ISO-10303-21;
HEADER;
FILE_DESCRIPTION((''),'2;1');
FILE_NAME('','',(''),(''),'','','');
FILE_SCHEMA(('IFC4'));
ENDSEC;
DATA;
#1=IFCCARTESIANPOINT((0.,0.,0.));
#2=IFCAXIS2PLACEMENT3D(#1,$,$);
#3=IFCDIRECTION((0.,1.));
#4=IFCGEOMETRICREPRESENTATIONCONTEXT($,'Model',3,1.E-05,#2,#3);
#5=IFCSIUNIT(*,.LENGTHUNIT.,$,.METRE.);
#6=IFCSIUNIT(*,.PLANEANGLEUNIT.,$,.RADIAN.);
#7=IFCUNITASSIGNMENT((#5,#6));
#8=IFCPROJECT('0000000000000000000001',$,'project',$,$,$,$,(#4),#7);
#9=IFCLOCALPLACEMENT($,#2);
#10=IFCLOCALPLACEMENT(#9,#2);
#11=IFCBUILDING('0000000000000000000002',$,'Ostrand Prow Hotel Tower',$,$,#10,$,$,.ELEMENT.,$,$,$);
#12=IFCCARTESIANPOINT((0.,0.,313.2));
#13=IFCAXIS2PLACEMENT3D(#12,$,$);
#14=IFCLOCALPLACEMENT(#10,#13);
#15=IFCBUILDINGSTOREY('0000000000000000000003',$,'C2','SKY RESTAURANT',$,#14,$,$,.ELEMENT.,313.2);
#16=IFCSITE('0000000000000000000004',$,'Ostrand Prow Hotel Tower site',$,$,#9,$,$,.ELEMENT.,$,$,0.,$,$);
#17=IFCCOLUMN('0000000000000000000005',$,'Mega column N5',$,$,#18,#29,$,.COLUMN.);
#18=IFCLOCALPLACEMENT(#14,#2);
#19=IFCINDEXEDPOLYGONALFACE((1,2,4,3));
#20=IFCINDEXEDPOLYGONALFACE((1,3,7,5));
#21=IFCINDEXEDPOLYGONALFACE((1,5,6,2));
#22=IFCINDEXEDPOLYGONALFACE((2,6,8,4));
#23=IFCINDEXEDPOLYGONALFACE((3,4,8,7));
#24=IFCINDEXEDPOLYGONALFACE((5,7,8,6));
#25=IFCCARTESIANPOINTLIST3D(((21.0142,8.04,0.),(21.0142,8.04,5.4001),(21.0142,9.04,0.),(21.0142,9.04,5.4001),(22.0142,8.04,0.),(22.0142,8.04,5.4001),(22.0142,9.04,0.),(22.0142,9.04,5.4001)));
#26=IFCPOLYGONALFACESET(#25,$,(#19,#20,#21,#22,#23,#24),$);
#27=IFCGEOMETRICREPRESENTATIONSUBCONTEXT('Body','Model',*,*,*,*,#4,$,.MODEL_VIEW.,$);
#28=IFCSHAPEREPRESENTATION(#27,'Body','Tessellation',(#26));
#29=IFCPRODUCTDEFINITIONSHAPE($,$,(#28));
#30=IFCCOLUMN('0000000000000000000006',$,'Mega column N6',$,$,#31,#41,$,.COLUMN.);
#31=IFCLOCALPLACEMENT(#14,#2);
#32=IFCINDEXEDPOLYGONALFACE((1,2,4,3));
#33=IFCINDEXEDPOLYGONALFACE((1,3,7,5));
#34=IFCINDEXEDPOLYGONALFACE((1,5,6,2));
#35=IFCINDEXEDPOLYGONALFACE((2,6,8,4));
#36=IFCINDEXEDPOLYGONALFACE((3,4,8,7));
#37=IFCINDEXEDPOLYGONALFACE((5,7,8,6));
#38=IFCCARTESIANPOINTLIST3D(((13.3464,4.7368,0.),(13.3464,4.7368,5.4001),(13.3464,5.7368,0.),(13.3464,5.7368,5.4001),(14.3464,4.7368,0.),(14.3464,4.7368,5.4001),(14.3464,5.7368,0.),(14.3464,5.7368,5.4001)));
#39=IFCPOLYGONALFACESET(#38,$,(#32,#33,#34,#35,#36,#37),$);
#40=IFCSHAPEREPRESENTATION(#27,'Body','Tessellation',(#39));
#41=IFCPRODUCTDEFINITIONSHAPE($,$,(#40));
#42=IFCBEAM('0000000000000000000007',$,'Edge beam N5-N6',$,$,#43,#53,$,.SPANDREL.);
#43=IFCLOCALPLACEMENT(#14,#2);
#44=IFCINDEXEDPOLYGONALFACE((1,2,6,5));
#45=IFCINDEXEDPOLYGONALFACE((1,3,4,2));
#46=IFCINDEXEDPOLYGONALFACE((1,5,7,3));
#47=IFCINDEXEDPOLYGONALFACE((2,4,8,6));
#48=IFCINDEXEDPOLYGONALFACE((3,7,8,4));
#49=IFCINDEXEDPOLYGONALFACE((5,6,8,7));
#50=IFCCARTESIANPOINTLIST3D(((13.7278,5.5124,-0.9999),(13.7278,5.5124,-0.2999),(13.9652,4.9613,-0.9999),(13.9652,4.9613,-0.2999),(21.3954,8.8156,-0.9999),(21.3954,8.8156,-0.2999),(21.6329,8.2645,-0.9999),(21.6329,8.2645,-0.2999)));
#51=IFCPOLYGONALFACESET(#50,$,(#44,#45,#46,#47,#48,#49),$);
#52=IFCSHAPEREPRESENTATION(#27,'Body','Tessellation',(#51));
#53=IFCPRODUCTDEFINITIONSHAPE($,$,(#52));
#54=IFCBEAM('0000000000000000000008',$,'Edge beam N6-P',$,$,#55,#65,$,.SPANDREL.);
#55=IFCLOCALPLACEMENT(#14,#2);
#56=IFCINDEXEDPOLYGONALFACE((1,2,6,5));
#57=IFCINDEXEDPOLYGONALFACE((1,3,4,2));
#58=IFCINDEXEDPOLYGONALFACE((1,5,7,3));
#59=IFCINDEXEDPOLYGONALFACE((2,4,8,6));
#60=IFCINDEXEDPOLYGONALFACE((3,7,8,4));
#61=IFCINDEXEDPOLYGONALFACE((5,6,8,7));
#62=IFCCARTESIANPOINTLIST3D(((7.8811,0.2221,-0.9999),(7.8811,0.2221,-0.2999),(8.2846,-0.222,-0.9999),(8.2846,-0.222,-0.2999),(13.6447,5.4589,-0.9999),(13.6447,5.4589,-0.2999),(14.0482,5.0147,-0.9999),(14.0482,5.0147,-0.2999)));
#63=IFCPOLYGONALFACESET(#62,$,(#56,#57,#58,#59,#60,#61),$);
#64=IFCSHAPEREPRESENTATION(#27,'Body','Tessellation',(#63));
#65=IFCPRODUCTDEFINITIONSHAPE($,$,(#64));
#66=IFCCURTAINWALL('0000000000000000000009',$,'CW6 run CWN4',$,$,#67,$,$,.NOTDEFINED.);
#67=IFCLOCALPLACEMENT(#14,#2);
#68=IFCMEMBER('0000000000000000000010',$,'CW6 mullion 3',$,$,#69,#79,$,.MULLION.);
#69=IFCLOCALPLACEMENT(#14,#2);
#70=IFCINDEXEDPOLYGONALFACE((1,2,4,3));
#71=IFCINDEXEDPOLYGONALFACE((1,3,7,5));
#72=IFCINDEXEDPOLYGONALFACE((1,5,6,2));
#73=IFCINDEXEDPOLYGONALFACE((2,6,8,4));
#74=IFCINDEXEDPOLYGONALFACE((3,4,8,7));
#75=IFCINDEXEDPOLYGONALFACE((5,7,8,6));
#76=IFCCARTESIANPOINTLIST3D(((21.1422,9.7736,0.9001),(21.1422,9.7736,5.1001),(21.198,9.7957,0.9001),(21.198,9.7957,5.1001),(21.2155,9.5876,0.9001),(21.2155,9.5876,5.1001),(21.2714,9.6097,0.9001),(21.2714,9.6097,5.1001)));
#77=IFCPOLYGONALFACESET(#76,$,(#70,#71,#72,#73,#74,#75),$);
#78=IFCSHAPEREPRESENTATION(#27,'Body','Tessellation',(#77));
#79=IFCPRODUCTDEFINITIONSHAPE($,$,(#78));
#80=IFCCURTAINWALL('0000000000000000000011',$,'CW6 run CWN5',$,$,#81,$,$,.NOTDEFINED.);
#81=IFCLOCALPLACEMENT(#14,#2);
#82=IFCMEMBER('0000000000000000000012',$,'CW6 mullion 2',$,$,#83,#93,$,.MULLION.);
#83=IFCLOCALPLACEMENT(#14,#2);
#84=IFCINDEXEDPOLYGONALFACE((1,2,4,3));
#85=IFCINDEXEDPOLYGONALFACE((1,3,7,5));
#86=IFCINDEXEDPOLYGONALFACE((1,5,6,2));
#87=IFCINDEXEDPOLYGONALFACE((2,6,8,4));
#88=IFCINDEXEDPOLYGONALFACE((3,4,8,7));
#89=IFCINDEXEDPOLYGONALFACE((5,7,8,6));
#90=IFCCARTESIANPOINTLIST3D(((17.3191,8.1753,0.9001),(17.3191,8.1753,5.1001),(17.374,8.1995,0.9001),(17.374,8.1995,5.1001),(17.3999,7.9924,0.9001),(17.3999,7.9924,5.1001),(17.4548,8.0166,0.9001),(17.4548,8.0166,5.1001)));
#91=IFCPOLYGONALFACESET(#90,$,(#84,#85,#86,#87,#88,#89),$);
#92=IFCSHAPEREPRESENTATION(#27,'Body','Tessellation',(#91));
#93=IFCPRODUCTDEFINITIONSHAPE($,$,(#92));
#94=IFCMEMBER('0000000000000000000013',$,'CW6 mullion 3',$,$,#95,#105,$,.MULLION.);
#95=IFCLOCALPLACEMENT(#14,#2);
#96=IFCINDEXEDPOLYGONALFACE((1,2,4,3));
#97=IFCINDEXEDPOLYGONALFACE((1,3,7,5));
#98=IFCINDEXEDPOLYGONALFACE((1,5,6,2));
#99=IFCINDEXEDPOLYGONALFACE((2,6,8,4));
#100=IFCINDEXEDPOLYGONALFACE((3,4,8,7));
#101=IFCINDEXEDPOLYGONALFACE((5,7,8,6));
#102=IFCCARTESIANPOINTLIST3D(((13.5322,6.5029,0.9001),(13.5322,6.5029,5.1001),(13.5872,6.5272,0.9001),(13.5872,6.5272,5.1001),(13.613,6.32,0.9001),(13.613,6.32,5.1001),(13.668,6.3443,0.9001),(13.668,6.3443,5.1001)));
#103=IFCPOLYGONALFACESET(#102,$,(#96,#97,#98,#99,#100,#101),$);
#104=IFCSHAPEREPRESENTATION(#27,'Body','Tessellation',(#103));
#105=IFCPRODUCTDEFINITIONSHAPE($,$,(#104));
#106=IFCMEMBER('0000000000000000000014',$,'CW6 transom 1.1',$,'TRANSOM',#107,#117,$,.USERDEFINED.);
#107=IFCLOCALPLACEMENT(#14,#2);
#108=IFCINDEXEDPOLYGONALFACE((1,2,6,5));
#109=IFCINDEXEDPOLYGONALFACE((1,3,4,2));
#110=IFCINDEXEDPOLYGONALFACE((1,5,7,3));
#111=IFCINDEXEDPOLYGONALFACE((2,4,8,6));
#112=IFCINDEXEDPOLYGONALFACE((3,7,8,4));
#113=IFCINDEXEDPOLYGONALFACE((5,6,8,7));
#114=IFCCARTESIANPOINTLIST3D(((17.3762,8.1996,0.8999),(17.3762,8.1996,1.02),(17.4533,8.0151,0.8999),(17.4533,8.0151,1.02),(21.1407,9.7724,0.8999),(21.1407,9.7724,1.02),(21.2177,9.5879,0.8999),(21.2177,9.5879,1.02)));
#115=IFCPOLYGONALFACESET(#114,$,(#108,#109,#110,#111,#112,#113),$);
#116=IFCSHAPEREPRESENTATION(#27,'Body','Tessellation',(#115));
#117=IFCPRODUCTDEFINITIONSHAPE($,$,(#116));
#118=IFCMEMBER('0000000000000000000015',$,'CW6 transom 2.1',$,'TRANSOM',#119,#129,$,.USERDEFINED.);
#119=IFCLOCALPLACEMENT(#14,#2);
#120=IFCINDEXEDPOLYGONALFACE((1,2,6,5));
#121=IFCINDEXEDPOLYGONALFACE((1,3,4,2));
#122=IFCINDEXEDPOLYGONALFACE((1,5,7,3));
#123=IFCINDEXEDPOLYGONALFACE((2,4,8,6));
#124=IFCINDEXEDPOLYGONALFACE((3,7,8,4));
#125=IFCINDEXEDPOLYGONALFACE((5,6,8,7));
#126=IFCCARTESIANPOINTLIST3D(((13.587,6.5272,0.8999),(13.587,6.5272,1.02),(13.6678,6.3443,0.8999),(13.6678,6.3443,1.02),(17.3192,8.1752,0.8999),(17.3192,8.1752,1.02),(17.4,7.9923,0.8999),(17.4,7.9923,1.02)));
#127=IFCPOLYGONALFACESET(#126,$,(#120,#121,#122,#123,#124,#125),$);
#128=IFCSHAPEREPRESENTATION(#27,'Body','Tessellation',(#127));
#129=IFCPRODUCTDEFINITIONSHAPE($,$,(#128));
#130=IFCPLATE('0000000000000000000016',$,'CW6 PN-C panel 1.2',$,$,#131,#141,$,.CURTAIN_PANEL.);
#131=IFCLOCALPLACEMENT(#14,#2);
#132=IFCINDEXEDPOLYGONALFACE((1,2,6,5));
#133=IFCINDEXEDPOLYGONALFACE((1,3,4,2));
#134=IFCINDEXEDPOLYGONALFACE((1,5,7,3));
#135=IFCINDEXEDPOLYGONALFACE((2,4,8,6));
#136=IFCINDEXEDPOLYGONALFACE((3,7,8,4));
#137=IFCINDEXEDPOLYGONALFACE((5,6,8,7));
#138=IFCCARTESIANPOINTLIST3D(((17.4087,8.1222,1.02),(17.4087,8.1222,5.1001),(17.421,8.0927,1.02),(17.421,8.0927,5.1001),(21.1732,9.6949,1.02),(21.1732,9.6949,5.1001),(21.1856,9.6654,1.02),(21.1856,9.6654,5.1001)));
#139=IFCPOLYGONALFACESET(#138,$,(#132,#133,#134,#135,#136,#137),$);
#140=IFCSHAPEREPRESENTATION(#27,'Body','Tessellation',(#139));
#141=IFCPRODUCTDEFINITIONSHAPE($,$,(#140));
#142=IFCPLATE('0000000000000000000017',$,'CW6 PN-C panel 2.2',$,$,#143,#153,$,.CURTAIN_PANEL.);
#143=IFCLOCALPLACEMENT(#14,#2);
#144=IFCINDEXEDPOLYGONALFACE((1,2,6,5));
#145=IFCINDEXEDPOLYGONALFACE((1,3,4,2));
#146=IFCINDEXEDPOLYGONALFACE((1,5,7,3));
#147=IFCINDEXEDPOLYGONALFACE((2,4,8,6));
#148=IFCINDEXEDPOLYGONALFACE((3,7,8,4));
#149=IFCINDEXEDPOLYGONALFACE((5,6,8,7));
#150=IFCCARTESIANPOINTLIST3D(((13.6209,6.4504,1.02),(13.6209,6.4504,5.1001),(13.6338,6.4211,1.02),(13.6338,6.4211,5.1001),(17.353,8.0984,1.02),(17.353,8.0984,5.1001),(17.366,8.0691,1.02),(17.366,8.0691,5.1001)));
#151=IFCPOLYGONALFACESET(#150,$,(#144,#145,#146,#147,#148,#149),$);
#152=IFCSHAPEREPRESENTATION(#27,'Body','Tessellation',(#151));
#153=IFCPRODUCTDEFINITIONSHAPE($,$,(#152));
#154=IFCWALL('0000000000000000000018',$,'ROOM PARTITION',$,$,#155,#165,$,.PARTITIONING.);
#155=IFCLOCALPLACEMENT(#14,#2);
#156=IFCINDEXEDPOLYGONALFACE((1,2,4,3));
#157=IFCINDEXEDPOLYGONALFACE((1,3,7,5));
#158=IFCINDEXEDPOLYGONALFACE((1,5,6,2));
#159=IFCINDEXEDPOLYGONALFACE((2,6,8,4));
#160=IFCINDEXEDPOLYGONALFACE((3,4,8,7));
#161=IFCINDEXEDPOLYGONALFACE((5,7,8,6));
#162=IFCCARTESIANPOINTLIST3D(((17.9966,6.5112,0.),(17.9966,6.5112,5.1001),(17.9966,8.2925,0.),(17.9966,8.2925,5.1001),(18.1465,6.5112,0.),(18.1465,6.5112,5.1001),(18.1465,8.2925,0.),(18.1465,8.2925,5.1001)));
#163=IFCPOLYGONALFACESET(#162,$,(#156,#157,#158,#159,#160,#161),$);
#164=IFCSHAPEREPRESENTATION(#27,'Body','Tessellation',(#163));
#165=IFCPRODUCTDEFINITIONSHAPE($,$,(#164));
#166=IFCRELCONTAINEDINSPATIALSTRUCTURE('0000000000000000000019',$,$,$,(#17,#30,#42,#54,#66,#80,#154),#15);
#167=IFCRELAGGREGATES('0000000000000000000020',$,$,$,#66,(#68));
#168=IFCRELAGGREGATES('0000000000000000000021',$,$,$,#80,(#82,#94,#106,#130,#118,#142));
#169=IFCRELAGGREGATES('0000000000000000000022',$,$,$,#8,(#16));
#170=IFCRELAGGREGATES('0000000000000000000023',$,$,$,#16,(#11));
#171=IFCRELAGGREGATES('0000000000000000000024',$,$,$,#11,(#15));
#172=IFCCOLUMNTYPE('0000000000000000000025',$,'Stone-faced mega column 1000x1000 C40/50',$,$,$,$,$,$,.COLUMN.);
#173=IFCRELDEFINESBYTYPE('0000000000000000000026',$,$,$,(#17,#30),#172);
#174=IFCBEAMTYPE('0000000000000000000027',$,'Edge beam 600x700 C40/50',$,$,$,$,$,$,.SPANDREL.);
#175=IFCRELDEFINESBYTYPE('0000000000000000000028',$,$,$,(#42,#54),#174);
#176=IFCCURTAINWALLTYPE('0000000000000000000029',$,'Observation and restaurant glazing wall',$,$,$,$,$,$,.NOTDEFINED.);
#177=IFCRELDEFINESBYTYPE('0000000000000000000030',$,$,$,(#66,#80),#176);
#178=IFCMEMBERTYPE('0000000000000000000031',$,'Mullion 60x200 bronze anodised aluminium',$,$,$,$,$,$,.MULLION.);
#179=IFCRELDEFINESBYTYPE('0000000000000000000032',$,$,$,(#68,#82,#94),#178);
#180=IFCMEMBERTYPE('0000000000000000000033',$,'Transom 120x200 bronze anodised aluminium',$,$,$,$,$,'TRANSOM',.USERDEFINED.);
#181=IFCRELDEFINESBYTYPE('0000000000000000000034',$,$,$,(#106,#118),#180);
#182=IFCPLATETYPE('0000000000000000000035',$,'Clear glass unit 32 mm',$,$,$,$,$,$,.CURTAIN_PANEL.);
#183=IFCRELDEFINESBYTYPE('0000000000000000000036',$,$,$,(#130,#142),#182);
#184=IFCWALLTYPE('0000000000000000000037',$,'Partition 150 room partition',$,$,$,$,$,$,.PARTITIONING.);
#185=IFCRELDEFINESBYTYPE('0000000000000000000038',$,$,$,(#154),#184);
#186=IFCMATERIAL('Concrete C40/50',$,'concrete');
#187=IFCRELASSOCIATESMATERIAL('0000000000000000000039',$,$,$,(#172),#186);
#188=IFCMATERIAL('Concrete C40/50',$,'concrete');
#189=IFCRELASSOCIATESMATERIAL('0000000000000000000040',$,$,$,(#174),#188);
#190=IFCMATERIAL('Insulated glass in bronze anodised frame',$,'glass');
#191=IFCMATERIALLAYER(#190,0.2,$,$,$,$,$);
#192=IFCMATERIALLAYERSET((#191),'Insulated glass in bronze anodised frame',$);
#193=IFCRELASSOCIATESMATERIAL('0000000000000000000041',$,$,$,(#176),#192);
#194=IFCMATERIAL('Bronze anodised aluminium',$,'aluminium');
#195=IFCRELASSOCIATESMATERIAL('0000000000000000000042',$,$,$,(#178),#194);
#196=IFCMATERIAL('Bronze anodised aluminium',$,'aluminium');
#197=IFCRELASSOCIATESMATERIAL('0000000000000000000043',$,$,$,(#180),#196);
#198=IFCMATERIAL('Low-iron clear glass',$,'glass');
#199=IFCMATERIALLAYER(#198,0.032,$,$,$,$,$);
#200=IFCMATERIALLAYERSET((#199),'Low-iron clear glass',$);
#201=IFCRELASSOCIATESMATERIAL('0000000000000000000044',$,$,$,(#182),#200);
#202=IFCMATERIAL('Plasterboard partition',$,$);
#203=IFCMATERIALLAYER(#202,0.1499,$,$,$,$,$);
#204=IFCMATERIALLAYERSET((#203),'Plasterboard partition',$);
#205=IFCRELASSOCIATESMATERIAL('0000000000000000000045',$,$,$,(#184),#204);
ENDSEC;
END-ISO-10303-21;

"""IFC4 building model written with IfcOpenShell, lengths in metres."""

from ifc_helpers import new_model, si_unit, direction, frame, frame_2d, origin, origin_2d, place, context, subcontext, project, spatial, rectangle, extrude, material, layer, layer_set, material_profile, profile_set, type_object, element, aggregate, save


model = new_model("IFC4")

# Units and contexts
model_context = context("Model", 3, precision=1e-05, world=origin(), true_north=direction((0.0, 1.0)))
body_context = subcontext(model_context, "Body", "Model", "MODEL_VIEW")
ifc_project = project(units=[si_unit("LENGTHUNIT", "METRE"), si_unit("PLANEANGLEUNIT", "RADIAN")], contexts=[model_context])

# Site, building, storey
site_placement = place(None, origin())
site = spatial("IfcSite", under=ifc_project, at=site_placement, Name="Ostrand Prow Hotel Tower site", CompositionType="ELEMENT", RefElevation=0.0)
building_placement = place(site_placement, origin())
building = spatial("IfcBuilding", under=site, at=building_placement, Name="Ostrand Prow Hotel Tower", CompositionType="ELEMENT")
storey_placement = place(building_placement, frame((0.0, 0.0, 313.2)))
storey = spatial("IfcBuildingStorey", under=building, at=storey_placement, Name="C2", Description="SKY RESTAURANT", CompositionType="ELEMENT", Elevation=313.2)

# Columns
ifc_material_1 = material(Name="Concrete C40/50", Category="concrete")
ifc_material_profile_1 = material_profile(ifc_material_1, rectangle(XDim=1.0, YDim=1.0, at=origin_2d()), Name="RC 1000x1000")
ifc_profile_set_1 = profile_set([ifc_material_profile_1], Name="Concrete C40/50")
column_type = type_object("IfcColumnType", Name="Stone-faced mega column 1000x1000 C40/50", PredefinedType="COLUMN", material=ifc_profile_set_1)
for number, where, z_axis, x_axis, name in (
    (1, (21.5142, 8.54, 0.0), (0.0, 0.0, 1.0), (1.0, 0.0, 0.0), "Mega column N5"),
    (2, (13.8464, 5.2368, 0.0), (0.0, 0.0, 1.0), (1.0, 0.0, 0.0), "Mega column N6"),
):
    element("IfcColumn", number, at=place(storey_placement, frame(where, z_axis=z_axis, x_axis=x_axis)), inside=storey, type_object=column_type, Name=name, PredefinedType="COLUMN", context=body_context, shape_type="SweptSolid", body=[
        extrude(rectangle(XDim=1.0, YDim=1.0, at=origin_2d()), origin(), (0.0, 0.0, 1.0), 5.4001),
    ])

# Beams
ifc_material_2 = material(Name="Concrete C40/50", Category="concrete")
ifc_material_profile_2 = material_profile(ifc_material_2, rectangle(XDim=0.6001, YDim=0.7, at=origin_2d()), Name="RC 600x700")
ifc_profile_set_2 = profile_set([ifc_material_profile_2], Name="Concrete C40/50")
beam_type = type_object("IfcBeamType", Name="Edge beam 600x700 C40/50", PredefinedType="SPANDREL", material=ifc_profile_set_2)
beam_1_placement = place(storey_placement, frame((21.5142, 8.54, -0.6499), z_axis=(-0.918404, -0.395644, 0.0), x_axis=(0.395644, -0.918404, 0.0)))
element("IfcBeam", 3, at=beam_1_placement, inside=storey, type_object=beam_type, Name="Edge beam N5-N6", PredefinedType="SPANDREL", context=body_context, shape_type="SweptSolid", body=[
    extrude(rectangle(XDim=0.6001, YDim=0.7, at=origin_2d()), origin(), (0.0, 0.0, 1.0), 8.3489),
])
beam_2_placement = place(storey_placement, frame((13.8464, 5.2368, -0.6499), z_axis=(-0.740124, -0.67247, 0.0), x_axis=(0.67247, -0.740124, 0.0)))
element("IfcBeam", 4, at=beam_2_placement, inside=storey, type_object=beam_type, Name="Edge beam N6-P", PredefinedType="SPANDREL", context=body_context, shape_type="SweptSolid", body=[
    extrude(rectangle(XDim=0.6001, YDim=0.7, at=origin_2d()), origin(), (0.0, 0.0, 1.0), 7.7874),
])

# Curtain wall, member
ifc_material_3 = material(Name="Insulated glass in bronze anodised frame", Category="glass")
ifc_layer_1 = layer(ifc_material_3, 0.2)
ifc_layer_set_1 = layer_set([ifc_layer_1], Name="Insulated glass in bronze anodised frame")
curtain_wall_type = type_object("IfcCurtainWallType", Name="Observation and restaurant glazing wall", PredefinedType="NOTDEFINED", material=ifc_layer_set_1)
curtain_wall_1_placement = place(storey_placement, origin())
curtain_wall_1 = element("IfcCurtainWall", 5, at=curtain_wall_1_placement, inside=storey, type_object=curtain_wall_type, Name="CW6 run CWN4", PredefinedType="NOTDEFINED")
ifc_material_4 = material(Name="Bronze anodised aluminium", Category="aluminium")
ifc_material_profile_3 = material_profile(ifc_material_4, rectangle(XDim=0.2, YDim=0.0601, at=origin_2d()), Name="Mullion 60x200 bronze anodised aluminium")
ifc_profile_set_3 = profile_set([ifc_material_profile_3], Name="Bronze anodised aluminium")
member_type_1 = type_object("IfcMemberType", Name="Mullion 60x200 bronze anodised aluminium", PredefinedType="MULLION", material=ifc_profile_set_3)
member_1_placement = place(storey_placement, frame((21.2068, 9.6917, 0.9001), z_axis=(0.0, 0.0, 1.0), x_axis=(0.366845, -0.930282, 0.0)))
member_1 = element("IfcMember", 6, at=member_1_placement, type_object=member_type_1, Name="CW6 mullion 3", PredefinedType="MULLION", context=body_context, shape_type="SweptSolid", body=[
    extrude(rectangle(XDim=0.2, YDim=0.0601, at=origin_2d()), origin(), (0.0, 0.0, 1.0), 4.2),
])
aggregate(curtain_wall_1, [member_1])

# Curtain wall, members, plates
curtain_wall_2_placement = place(storey_placement, origin())
curtain_wall_2 = element("IfcCurtainWall", 7, at=curtain_wall_2_placement, inside=storey, type_object=curtain_wall_type, Name="CW6 run CWN5", PredefinedType="NOTDEFINED")
member_2_placement = place(storey_placement, frame((17.387, 8.0959, 0.9001), z_axis=(0.0, 0.0, 1.0), x_axis=(0.40394, -0.914786, 0.0)))
member_2 = element("IfcMember", 8, at=member_2_placement, type_object=member_type_1, Name="CW6 mullion 2", PredefinedType="MULLION", context=body_context, shape_type="SweptSolid", body=[
    extrude(rectangle(XDim=0.2, YDim=0.0601, at=origin_2d()), origin(), (0.0, 0.0, 1.0), 4.2),
])
member_3_placement = place(storey_placement, frame((13.6001, 6.4236, 0.9001), z_axis=(0.0, 0.0, 1.0), x_axis=(0.40394, -0.914786, 0.0)))
member_3 = element("IfcMember", 9, at=member_3_placement, type_object=member_type_1, Name="CW6 mullion 3", PredefinedType="MULLION", context=body_context, shape_type="SweptSolid", body=[
    extrude(rectangle(XDim=0.2, YDim=0.0601, at=origin_2d()), origin(), (0.0, 0.0, 1.0), 4.2),
])
ifc_material_5 = material(Name="Bronze anodised aluminium", Category="aluminium")
ifc_material_profile_4 = material_profile(ifc_material_5, rectangle(XDim=0.2, YDim=0.1201, at=origin_2d()), Name="Transom 120x200 bronze anodised aluminium")
ifc_profile_set_4 = profile_set([ifc_material_profile_4], Name="Bronze anodised aluminium")
member_type_2 = type_object("IfcMemberType", Name="Transom 120x200 bronze anodised aluminium", ElementType="TRANSOM", PredefinedType="USERDEFINED", material=ifc_profile_set_4)
member_4_placement = place(storey_placement, frame((21.1792, 9.6802, 0.96), z_axis=(-0.922706, -0.385503, 0.0), x_axis=(0.385503, -0.922706, 0.0)))
member_4 = element("IfcMember", 10, at=member_4_placement, type_object=member_type_2, Name="CW6 transom 1.1", ObjectType="TRANSOM", PredefinedType="USERDEFINED", context=body_context, shape_type="SweptSolid", body=[
    extrude(rectangle(XDim=0.2, YDim=0.1201, at=origin_2d()), origin(), (0.0, 0.0, 1.0), 4.0798),
])
member_5_placement = place(storey_placement, frame((17.3596, 8.0837, 0.96), z_axis=(-0.914791, -0.403927, 0.0), x_axis=(0.403927, -0.914791, 0.0)))
member_5 = element("IfcMember", 11, at=member_5_placement, type_object=member_type_2, Name="CW6 transom 2.1", ObjectType="TRANSOM", PredefinedType="USERDEFINED", context=body_context, shape_type="SweptSolid", body=[
    extrude(rectangle(XDim=0.2, YDim=0.1201, at=origin_2d()), origin(), (0.0, 0.0, 1.0), 4.0798),
])
ifc_material_6 = material(Name="Low-iron clear glass", Category="glass")
ifc_layer_2 = layer(ifc_material_6, 0.032)
ifc_layer_set_2 = layer_set([ifc_layer_2], Name="Low-iron clear glass")
plate_type = type_object("IfcPlateType", Name="Clear glass unit 32 mm", PredefinedType="CURTAIN_PANEL", material=ifc_layer_set_2)
plate_1_placement = place(storey_placement, frame((19.2971, 8.8938, 1.02), z_axis=(0.0, 0.0, 1.0), x_axis=(-0.92272, -0.385471, 0.0)))
plate_1 = element("IfcPlate", 12, at=plate_1_placement, type_object=plate_type, Name="CW6 PN-C panel 1.2", PredefinedType="CURTAIN_PANEL", context=body_context, shape_type="SweptSolid", body=[
    extrude(rectangle(XDim=4.0798, YDim=0.032, at=origin_2d()), origin(), (0.0, 0.0, 1.0), 4.0801),
])
plate_2_placement = place(storey_placement, frame((15.4934, 7.2598, 1.02), z_axis=(0.0, 0.0, 1.0), x_axis=(-0.914786, -0.40394, 0.0)))
plate_2 = element("IfcPlate", 13, at=plate_2_placement, type_object=plate_type, Name="CW6 PN-C panel 2.2", PredefinedType="CURTAIN_PANEL", context=body_context, shape_type="SweptSolid", body=[
    extrude(rectangle(XDim=4.0798, YDim=0.032, at=origin_2d()), origin(), (0.0, 0.0, 1.0), 4.0801),
])
aggregate(curtain_wall_2, [member_2, member_3, member_4, plate_1, member_5, plate_2])

# Wall
ifc_material_7 = material(Name="Plasterboard partition")
ifc_layer_3 = layer(ifc_material_7, 0.1499)
ifc_layer_set_3 = layer_set([ifc_layer_3], Name="Plasterboard partition")
wall_type_1 = type_object("IfcWallType", Name="Partition 150 room partition", PredefinedType="PARTITIONING", material=ifc_layer_set_3)
wall_1_placement = place(storey_placement, frame((18.0715, 8.2925, 0.0), z_axis=(0.0, 0.0, 1.0), x_axis=(0.0, -1.0, 0.0)))
element("IfcWall", 14, at=wall_1_placement, inside=storey, type_object=wall_type_1, Name="ROOM PARTITION", PredefinedType="PARTITIONING", context=body_context, shape_type="SweptSolid", body=[
    extrude(rectangle(XDim=1.7812, YDim=0.1499, at=frame_2d((0.8906, 0.0))), origin(), (0.0, 0.0, 1.0), 5.1001),
])

save(model, "model.ifc")
